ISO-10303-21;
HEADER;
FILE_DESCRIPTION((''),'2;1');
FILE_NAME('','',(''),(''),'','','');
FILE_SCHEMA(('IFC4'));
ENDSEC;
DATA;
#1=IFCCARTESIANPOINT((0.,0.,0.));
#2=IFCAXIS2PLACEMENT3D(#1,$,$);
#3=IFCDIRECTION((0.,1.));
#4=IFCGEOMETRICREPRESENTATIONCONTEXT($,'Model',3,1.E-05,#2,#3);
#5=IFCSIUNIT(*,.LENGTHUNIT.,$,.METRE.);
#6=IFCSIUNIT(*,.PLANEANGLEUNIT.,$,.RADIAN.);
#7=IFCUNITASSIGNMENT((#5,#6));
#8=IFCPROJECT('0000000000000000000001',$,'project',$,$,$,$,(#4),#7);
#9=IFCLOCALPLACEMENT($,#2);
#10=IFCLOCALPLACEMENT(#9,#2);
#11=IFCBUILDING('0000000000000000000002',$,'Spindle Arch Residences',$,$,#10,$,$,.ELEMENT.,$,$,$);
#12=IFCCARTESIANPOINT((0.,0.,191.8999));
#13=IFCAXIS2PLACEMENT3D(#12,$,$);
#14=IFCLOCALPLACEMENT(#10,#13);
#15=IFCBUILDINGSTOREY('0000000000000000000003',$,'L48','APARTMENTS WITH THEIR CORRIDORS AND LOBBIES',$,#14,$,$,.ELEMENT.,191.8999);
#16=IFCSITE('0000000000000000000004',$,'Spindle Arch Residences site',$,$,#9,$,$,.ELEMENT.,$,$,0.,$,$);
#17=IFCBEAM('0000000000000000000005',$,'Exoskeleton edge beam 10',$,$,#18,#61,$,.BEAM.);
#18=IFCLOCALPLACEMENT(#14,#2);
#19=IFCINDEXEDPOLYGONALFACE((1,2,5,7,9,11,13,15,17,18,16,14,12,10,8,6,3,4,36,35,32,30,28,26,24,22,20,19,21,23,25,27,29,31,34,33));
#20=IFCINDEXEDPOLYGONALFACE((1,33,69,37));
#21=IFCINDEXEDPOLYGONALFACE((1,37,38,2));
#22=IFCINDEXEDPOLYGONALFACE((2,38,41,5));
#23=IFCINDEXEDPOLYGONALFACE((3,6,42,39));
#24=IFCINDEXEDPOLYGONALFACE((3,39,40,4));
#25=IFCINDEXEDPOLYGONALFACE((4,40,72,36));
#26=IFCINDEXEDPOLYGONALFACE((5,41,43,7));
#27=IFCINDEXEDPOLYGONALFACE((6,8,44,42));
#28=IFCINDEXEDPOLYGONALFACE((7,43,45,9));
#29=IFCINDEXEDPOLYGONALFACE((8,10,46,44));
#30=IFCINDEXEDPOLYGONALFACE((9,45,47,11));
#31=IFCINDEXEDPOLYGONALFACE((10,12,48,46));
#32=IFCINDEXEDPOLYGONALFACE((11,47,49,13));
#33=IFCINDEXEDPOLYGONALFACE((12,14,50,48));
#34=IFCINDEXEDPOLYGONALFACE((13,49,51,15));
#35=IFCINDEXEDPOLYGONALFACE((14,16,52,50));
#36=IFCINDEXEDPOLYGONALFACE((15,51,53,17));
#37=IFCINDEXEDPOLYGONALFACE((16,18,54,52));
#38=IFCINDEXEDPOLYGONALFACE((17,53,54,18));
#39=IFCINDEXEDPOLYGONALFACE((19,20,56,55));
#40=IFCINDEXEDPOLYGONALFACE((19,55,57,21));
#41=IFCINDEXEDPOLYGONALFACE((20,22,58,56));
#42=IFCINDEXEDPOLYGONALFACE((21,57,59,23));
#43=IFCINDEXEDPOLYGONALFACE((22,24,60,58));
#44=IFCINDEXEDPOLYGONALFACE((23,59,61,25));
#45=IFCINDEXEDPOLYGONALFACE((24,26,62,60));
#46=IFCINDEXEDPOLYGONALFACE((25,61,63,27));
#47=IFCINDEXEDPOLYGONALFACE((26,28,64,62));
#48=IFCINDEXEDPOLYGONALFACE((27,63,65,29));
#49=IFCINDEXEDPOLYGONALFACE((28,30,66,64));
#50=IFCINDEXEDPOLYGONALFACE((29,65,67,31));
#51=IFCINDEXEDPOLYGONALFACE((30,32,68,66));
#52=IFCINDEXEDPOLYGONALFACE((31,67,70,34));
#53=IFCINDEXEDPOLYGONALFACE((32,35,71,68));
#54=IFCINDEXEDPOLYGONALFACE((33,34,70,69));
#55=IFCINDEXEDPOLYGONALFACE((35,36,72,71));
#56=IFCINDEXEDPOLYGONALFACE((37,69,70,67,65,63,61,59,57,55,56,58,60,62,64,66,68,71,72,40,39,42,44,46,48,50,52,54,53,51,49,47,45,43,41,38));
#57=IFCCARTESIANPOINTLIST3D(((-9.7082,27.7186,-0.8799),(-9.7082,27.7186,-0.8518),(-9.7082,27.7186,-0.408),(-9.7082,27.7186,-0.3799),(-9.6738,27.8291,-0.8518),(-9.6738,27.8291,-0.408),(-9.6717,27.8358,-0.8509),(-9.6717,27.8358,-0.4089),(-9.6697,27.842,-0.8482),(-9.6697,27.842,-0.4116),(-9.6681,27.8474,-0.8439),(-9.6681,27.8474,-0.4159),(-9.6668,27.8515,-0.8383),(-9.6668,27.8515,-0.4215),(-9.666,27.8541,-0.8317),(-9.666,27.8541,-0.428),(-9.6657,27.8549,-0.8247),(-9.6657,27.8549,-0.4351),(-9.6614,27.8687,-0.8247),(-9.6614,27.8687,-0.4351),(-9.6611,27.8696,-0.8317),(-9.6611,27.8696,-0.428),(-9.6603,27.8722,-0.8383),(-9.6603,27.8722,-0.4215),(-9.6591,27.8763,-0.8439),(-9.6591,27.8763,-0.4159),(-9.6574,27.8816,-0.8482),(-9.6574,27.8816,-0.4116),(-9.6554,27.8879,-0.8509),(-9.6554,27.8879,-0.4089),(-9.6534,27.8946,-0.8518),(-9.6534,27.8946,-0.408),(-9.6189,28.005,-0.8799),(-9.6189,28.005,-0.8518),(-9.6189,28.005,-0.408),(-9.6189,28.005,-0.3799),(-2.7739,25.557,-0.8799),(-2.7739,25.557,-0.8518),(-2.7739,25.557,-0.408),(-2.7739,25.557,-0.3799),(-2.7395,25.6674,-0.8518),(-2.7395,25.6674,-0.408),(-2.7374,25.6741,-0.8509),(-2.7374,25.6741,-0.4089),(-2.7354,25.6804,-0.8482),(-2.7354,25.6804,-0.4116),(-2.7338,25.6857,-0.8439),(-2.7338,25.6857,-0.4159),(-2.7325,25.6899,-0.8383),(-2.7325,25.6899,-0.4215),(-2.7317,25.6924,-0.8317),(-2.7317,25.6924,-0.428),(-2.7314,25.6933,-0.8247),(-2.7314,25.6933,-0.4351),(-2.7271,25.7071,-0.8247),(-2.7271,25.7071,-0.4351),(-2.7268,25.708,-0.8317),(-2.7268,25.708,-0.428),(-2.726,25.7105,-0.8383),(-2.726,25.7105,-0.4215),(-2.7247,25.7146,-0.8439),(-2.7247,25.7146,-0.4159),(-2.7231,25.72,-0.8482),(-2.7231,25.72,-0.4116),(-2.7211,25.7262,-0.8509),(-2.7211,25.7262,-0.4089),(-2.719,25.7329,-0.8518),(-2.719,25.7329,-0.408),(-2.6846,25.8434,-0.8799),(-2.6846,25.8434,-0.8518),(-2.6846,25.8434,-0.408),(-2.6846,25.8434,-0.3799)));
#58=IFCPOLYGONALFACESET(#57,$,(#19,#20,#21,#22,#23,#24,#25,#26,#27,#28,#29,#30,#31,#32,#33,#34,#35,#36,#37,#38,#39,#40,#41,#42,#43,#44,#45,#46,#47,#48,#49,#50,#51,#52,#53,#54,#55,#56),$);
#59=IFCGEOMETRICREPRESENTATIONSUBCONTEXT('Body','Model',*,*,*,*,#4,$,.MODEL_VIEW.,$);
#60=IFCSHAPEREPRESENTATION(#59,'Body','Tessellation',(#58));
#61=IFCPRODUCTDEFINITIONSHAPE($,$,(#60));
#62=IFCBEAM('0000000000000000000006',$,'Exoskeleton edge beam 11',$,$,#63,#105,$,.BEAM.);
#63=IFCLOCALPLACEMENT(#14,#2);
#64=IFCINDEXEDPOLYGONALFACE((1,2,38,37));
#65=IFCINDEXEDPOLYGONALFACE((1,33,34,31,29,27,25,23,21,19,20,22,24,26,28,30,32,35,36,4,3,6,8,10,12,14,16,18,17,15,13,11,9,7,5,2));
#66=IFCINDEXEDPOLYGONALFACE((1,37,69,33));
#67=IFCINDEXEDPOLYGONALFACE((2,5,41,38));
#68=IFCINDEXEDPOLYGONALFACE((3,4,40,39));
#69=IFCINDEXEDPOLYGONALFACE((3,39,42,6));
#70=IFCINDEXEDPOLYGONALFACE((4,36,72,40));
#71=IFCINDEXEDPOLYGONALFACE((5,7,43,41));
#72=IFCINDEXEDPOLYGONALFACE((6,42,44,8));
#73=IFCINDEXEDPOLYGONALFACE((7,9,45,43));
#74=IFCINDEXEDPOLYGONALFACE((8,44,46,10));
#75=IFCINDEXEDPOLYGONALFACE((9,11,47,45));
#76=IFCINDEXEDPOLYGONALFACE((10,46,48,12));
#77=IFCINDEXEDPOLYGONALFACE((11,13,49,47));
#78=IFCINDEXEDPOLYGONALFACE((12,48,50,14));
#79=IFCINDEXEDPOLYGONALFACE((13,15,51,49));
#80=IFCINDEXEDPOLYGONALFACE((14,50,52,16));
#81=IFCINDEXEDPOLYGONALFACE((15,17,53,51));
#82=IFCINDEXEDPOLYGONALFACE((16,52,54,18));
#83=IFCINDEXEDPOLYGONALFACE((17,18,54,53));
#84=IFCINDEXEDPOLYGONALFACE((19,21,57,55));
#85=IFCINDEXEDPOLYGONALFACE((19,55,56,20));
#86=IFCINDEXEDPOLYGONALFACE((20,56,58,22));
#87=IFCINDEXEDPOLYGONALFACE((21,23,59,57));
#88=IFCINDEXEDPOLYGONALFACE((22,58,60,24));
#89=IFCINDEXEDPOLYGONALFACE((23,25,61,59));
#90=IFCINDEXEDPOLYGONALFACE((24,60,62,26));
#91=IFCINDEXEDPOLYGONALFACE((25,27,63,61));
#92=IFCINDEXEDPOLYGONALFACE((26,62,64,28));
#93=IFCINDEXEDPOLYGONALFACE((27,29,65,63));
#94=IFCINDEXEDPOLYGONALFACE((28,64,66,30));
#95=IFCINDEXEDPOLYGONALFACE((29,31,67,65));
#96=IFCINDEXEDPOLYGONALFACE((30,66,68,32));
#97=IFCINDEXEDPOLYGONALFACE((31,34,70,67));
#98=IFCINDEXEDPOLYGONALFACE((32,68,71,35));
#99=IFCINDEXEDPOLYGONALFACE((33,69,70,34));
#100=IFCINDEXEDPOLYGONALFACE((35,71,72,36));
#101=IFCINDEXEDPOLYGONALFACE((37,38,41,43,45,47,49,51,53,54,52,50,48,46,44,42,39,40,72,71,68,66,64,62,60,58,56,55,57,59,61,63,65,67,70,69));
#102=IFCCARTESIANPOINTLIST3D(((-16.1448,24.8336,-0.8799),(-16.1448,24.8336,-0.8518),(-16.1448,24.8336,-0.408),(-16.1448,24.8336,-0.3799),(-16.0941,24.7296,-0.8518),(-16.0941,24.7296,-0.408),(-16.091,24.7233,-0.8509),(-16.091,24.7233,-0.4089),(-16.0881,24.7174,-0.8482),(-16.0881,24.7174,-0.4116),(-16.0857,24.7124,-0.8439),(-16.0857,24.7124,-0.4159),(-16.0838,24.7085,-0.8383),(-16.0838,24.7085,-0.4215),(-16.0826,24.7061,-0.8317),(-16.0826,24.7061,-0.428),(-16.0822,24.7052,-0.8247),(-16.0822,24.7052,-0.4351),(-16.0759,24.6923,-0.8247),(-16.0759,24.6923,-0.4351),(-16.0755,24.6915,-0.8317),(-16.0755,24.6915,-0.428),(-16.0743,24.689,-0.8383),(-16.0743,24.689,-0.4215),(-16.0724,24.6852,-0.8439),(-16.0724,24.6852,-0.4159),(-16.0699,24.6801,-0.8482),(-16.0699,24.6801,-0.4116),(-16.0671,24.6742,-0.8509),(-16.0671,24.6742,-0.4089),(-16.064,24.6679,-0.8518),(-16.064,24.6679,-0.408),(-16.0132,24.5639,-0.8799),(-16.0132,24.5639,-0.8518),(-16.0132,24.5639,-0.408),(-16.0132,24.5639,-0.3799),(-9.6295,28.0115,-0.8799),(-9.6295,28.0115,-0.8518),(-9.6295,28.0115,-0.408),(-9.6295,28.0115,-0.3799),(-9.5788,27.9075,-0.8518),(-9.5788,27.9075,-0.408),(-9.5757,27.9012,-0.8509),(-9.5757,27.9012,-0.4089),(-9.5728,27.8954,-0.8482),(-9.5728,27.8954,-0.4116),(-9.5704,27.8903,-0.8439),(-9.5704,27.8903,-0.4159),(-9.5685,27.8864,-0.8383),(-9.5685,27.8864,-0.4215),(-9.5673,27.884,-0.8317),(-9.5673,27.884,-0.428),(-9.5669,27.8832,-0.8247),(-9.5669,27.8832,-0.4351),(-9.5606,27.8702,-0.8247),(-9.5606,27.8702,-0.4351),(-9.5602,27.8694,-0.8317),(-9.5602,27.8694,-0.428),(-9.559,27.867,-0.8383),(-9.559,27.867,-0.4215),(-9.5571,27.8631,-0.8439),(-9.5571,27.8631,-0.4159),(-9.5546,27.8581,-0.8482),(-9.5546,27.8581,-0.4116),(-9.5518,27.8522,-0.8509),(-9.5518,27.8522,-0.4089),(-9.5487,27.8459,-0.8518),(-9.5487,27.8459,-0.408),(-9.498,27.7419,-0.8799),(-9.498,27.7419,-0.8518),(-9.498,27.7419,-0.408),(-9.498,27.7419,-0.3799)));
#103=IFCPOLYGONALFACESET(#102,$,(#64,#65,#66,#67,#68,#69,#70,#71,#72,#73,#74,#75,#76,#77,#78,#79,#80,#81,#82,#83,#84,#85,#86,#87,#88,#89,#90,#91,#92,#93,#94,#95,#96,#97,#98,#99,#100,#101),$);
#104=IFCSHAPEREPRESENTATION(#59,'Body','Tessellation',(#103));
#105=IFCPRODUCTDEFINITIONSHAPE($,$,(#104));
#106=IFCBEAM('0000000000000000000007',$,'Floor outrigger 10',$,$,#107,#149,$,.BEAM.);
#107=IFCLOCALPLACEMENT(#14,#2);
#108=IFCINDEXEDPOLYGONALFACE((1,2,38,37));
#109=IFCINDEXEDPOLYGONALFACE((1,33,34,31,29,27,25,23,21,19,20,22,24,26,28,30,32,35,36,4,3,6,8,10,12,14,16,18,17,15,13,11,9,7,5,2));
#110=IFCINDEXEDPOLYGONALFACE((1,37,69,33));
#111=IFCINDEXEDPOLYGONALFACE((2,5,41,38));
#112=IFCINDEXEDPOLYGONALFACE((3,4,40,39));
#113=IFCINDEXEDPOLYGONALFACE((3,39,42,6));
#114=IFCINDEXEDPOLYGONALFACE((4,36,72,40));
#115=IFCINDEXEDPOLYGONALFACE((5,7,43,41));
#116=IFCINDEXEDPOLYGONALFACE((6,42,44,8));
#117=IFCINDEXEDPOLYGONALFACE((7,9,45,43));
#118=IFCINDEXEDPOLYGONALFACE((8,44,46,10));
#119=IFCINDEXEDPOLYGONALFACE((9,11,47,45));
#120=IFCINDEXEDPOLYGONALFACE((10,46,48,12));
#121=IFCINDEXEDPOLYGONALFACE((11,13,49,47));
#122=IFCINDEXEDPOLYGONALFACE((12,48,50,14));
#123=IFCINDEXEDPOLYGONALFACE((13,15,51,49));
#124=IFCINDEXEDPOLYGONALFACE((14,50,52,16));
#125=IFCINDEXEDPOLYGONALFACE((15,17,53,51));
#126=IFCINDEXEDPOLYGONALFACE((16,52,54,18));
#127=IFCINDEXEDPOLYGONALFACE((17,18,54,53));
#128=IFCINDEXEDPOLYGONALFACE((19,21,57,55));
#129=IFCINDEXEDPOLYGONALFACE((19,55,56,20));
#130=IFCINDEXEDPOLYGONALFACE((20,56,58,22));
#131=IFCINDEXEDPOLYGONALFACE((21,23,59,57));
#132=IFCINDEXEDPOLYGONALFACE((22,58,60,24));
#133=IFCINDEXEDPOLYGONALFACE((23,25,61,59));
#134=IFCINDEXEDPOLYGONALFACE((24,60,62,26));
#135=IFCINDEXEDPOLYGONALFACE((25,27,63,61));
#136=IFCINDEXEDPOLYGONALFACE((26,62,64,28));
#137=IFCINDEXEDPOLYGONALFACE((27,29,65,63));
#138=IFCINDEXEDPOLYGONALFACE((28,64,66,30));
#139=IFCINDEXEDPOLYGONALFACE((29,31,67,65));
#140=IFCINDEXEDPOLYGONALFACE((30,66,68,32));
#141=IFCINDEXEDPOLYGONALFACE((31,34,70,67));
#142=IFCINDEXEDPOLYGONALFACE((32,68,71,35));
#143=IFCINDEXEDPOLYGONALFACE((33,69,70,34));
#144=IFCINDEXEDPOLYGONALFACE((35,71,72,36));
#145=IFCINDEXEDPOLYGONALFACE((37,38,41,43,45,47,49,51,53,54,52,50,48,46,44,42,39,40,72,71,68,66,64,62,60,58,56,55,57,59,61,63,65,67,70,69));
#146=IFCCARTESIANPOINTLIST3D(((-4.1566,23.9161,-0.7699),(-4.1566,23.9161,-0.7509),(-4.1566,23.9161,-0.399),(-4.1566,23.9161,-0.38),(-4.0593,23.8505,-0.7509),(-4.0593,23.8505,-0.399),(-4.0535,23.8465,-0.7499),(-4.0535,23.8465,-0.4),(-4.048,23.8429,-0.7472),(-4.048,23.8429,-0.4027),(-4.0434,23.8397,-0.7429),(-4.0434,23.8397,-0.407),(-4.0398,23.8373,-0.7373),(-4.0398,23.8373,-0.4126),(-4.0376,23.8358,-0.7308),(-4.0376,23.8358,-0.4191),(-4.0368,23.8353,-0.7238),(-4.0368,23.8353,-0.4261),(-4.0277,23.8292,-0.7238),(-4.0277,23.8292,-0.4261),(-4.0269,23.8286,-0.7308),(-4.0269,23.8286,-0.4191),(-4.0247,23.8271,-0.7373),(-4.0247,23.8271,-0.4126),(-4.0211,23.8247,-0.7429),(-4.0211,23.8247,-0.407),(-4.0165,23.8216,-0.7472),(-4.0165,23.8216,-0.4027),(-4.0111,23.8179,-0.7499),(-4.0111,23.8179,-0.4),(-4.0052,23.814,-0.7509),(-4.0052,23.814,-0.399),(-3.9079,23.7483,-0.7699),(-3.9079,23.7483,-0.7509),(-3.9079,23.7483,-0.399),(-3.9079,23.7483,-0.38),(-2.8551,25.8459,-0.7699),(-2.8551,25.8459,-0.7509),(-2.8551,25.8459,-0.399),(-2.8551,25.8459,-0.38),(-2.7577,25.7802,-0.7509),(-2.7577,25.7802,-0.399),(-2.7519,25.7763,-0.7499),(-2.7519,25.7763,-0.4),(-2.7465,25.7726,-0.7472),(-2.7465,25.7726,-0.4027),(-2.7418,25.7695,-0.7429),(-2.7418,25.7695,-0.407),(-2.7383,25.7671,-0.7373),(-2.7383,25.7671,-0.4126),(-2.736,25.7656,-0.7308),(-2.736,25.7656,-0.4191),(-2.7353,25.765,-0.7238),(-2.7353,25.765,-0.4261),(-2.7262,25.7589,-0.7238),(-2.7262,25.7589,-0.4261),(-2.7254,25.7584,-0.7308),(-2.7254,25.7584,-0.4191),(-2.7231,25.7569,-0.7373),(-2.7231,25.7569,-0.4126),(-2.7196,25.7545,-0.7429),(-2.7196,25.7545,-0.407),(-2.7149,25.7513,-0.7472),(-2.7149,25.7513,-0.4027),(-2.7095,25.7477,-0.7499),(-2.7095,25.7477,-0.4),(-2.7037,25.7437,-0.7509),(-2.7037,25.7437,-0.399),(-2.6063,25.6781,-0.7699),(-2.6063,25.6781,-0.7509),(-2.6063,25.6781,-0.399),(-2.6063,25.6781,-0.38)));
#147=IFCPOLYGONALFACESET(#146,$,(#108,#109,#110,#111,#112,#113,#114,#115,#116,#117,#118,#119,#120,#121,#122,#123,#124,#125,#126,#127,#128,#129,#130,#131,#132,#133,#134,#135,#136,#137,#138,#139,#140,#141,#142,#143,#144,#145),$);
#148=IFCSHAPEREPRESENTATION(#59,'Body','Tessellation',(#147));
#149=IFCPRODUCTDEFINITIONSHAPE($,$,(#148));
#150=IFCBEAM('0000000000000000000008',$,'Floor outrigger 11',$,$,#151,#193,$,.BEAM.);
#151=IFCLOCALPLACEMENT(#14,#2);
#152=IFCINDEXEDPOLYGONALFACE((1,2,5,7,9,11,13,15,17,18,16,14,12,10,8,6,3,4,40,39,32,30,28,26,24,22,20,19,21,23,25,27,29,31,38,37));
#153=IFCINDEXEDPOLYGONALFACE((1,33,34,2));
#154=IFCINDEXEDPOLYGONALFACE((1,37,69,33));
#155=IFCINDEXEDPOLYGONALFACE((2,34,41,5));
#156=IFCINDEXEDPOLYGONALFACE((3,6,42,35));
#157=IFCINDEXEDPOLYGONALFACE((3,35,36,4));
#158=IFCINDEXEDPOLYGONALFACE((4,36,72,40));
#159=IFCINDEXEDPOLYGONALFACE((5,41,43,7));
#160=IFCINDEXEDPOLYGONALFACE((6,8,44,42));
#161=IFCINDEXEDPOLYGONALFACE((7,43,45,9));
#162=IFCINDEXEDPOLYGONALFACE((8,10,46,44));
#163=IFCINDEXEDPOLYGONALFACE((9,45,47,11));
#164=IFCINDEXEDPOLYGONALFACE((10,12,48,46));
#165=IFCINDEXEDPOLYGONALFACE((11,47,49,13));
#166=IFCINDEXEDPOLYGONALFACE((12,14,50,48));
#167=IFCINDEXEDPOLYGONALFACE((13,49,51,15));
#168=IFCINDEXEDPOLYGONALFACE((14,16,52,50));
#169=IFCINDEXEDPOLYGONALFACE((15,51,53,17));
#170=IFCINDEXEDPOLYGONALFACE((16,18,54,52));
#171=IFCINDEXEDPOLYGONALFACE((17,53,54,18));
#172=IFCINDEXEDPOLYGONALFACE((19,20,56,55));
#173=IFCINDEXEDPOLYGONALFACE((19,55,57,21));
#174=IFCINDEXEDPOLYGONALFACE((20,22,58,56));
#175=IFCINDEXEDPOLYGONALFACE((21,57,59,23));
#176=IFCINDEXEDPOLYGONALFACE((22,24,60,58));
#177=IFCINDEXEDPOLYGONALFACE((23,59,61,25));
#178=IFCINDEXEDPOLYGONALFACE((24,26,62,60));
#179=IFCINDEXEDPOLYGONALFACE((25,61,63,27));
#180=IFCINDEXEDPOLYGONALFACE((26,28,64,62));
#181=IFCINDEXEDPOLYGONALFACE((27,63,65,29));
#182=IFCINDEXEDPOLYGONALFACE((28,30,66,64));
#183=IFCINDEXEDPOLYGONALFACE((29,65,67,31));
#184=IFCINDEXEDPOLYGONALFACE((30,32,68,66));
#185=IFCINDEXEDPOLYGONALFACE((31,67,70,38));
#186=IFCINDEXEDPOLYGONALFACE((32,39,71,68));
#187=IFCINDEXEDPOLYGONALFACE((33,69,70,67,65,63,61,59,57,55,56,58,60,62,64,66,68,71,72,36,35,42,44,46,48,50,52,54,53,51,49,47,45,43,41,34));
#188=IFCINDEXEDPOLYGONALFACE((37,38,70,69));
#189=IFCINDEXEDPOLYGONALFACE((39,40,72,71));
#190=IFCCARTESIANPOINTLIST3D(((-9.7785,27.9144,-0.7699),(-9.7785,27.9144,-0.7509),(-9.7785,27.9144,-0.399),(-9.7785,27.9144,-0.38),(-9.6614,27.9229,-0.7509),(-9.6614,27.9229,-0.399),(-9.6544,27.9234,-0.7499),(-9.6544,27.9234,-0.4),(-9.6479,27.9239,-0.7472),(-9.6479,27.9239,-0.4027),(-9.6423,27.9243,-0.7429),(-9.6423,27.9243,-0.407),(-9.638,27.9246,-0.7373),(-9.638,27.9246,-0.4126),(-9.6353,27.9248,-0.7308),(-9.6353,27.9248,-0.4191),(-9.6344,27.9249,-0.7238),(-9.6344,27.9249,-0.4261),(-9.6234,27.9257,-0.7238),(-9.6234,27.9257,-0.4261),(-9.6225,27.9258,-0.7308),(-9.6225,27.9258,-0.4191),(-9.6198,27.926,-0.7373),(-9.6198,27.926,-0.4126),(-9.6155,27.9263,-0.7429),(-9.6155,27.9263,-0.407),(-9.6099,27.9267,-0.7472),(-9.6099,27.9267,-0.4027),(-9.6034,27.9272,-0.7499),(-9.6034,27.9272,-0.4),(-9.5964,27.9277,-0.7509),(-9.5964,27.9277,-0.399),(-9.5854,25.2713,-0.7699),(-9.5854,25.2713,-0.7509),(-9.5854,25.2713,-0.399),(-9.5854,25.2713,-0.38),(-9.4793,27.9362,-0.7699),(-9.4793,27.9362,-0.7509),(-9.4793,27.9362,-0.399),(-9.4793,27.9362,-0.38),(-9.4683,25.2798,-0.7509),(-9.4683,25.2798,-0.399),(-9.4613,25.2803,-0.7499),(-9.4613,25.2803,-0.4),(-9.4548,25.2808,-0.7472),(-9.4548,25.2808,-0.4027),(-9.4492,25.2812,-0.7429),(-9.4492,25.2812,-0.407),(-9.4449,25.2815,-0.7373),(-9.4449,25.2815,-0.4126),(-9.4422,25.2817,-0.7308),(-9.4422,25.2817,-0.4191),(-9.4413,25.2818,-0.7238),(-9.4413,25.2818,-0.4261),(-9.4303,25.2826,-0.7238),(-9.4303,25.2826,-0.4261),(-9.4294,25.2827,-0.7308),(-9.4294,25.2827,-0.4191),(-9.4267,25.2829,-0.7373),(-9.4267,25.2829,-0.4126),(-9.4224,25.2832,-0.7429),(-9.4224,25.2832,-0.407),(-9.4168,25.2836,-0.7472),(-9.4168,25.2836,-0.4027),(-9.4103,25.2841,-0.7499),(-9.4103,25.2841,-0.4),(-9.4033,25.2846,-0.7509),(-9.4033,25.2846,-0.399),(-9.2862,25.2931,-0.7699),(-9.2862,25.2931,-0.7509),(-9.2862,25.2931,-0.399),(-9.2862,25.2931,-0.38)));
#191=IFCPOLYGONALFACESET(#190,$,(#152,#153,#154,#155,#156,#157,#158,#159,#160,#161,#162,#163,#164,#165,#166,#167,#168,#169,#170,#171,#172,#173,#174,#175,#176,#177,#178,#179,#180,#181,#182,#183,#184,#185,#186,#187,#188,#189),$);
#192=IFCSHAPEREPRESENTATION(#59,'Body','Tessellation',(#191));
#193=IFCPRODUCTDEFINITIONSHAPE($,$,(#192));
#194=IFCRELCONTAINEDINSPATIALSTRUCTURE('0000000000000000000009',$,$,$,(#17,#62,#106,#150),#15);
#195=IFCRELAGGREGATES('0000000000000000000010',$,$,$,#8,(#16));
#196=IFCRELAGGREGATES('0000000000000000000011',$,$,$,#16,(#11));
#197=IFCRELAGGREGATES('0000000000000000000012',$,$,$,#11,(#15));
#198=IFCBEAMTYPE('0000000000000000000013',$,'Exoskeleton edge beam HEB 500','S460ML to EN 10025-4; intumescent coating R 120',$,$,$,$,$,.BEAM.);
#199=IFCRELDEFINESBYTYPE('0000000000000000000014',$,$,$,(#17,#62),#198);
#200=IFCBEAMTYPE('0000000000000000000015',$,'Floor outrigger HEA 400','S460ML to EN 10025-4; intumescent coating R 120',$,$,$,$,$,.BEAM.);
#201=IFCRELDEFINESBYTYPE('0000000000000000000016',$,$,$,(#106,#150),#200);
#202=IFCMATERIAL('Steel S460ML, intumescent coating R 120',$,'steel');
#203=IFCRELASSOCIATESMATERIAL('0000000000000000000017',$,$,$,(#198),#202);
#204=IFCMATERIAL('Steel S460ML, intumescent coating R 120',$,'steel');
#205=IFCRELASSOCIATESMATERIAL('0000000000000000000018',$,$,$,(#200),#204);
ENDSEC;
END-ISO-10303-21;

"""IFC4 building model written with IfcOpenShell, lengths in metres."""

from ifc_helpers import new_model, si_unit, direction, frame, origin, origin_2d, place, context, subcontext, project, spatial, i_section, extrude, material, material_profile, profile_set, type_object, element, save


model = new_model("IFC4")

# Units and contexts
model_context = context("Model", 3, precision=1e-05, world=origin(), true_north=direction((0.0, 1.0)))
body_context = subcontext(model_context, "Body", "Model", "MODEL_VIEW")
ifc_project = project(units=[si_unit("LENGTHUNIT", "METRE"), si_unit("PLANEANGLEUNIT", "RADIAN")], contexts=[model_context])

# Site, building, storey
site_placement = place(None, origin())
site = spatial("IfcSite", under=ifc_project, at=site_placement, Name="Spindle Arch Residences site", CompositionType="ELEMENT", RefElevation=0.0)
building_placement = place(site_placement, origin())
building = spatial("IfcBuilding", under=site, at=building_placement, Name="Spindle Arch Residences", CompositionType="ELEMENT")
storey_placement = place(building_placement, frame((0.0, 0.0, 191.8999)))
storey = spatial("IfcBuildingStorey", under=building, at=storey_placement, Name="L48", Description="APARTMENTS WITH THEIR CORRIDORS AND LOBBIES", CompositionType="ELEMENT", Elevation=191.8999)

# Beams
ifc_material_1 = material(Name="Steel S460ML, intumescent coating R 120", Category="steel")
ifc_material_profile_1 = material_profile(ifc_material_1, i_section(OverallWidth=0.3, OverallDepth=0.5, WebThickness=0.0144, FlangeThickness=0.0281, FilletRadius=0.0271, at=origin_2d()), Name="HEB 500")
ifc_profile_set_1 = profile_set([ifc_material_profile_1], Name="Steel S460ML, intumescent coating R 120")
beam_type_1 = type_object("IfcBeamType", Name="Exoskeleton edge beam HEB 500", Description="S460ML to EN 10025-4; intumescent coating R 120", PredefinedType="BEAM", material=ifc_profile_set_1)
beam_1_placement = place(storey_placement, frame((-2.7292, 25.7002, -0.6299), z_axis=(-0.95469, 0.297603, 0.0), x_axis=(-0.297603, -0.95469, 0.0)))
element("IfcBeam", 1, at=beam_1_placement, inside=storey, type_object=beam_type_1, Name="Exoskeleton edge beam 10", PredefinedType="BEAM", context=body_context, shape_type="SweptSolid", body=[
    extrude(i_section(OverallWidth=0.3, OverallDepth=0.5, WebThickness=0.0144, FlangeThickness=0.0281, FilletRadius=0.0271, at=origin_2d()), origin(), (0.0, 0.0, 1.0), 7.2634),
])
beam_2_placement = place(storey_placement, frame((-9.5637, 27.8767, -0.6299), z_axis=(-0.898782, -0.438395, 0.0), x_axis=(0.438395, -0.898782, 0.0)))
element("IfcBeam", 2, at=beam_2_placement, inside=storey, type_object=beam_type_1, Name="Exoskeleton edge beam 11", PredefinedType="BEAM", context=body_context, shape_type="SweptSolid", body=[
    extrude(i_section(OverallWidth=0.3, OverallDepth=0.5, WebThickness=0.0144, FlangeThickness=0.0281, FilletRadius=0.0271, at=origin_2d()), origin(), (0.0, 0.0, 1.0), 7.249),
])
ifc_material_2 = material(Name="Steel S460ML, intumescent coating R 120", Category="steel")
ifc_material_profile_2 = material_profile(ifc_material_2, i_section(OverallWidth=0.3, OverallDepth=0.3899, WebThickness=0.011, FlangeThickness=0.019, FilletRadius=0.0271, at=origin_2d()), Name="HEA 400")
ifc_profile_set_2 = profile_set([ifc_material_profile_2], Name="Steel S460ML, intumescent coating R 120")
beam_type_2 = type_object("IfcBeamType", Name="Floor outrigger HEA 400", Description="S460ML to EN 10025-4; intumescent coating R 120", PredefinedType="BEAM", material=ifc_profile_set_2)
beam_3_placement = place(storey_placement, frame((-2.7307, 25.762, -0.575), z_axis=(-0.55917, -0.829053, 0.0), x_axis=(0.829053, -0.55917, 0.0)))
element("IfcBeam", 3, at=beam_3_placement, inside=storey, type_object=beam_type_2, Name="Floor outrigger 10", PredefinedType="BEAM", context=body_context, shape_type="SweptSolid", body=[
    extrude(i_section(OverallWidth=0.3, OverallDepth=0.3899, WebThickness=0.011, FlangeThickness=0.019, FilletRadius=0.0271, at=origin_2d()), origin(), (0.0, 0.0, 1.0), 2.3276),
])
beam_4_placement = place(storey_placement, frame((-9.6289, 27.9253, -0.575), z_axis=(0.072871, -0.997341, 0.0), x_axis=(0.997341, 0.072871, 0.0)))
element("IfcBeam", 4, at=beam_4_placement, inside=storey, type_object=beam_type_2, Name="Floor outrigger 11", PredefinedType="BEAM", context=body_context, shape_type="SweptSolid", body=[
    extrude(i_section(OverallWidth=0.3, OverallDepth=0.3899, WebThickness=0.011, FlangeThickness=0.019, FilletRadius=0.0271, at=origin_2d()), origin(), (0.0, 0.0, 1.0), 2.6501),
])

save(model, "model.ifc")
